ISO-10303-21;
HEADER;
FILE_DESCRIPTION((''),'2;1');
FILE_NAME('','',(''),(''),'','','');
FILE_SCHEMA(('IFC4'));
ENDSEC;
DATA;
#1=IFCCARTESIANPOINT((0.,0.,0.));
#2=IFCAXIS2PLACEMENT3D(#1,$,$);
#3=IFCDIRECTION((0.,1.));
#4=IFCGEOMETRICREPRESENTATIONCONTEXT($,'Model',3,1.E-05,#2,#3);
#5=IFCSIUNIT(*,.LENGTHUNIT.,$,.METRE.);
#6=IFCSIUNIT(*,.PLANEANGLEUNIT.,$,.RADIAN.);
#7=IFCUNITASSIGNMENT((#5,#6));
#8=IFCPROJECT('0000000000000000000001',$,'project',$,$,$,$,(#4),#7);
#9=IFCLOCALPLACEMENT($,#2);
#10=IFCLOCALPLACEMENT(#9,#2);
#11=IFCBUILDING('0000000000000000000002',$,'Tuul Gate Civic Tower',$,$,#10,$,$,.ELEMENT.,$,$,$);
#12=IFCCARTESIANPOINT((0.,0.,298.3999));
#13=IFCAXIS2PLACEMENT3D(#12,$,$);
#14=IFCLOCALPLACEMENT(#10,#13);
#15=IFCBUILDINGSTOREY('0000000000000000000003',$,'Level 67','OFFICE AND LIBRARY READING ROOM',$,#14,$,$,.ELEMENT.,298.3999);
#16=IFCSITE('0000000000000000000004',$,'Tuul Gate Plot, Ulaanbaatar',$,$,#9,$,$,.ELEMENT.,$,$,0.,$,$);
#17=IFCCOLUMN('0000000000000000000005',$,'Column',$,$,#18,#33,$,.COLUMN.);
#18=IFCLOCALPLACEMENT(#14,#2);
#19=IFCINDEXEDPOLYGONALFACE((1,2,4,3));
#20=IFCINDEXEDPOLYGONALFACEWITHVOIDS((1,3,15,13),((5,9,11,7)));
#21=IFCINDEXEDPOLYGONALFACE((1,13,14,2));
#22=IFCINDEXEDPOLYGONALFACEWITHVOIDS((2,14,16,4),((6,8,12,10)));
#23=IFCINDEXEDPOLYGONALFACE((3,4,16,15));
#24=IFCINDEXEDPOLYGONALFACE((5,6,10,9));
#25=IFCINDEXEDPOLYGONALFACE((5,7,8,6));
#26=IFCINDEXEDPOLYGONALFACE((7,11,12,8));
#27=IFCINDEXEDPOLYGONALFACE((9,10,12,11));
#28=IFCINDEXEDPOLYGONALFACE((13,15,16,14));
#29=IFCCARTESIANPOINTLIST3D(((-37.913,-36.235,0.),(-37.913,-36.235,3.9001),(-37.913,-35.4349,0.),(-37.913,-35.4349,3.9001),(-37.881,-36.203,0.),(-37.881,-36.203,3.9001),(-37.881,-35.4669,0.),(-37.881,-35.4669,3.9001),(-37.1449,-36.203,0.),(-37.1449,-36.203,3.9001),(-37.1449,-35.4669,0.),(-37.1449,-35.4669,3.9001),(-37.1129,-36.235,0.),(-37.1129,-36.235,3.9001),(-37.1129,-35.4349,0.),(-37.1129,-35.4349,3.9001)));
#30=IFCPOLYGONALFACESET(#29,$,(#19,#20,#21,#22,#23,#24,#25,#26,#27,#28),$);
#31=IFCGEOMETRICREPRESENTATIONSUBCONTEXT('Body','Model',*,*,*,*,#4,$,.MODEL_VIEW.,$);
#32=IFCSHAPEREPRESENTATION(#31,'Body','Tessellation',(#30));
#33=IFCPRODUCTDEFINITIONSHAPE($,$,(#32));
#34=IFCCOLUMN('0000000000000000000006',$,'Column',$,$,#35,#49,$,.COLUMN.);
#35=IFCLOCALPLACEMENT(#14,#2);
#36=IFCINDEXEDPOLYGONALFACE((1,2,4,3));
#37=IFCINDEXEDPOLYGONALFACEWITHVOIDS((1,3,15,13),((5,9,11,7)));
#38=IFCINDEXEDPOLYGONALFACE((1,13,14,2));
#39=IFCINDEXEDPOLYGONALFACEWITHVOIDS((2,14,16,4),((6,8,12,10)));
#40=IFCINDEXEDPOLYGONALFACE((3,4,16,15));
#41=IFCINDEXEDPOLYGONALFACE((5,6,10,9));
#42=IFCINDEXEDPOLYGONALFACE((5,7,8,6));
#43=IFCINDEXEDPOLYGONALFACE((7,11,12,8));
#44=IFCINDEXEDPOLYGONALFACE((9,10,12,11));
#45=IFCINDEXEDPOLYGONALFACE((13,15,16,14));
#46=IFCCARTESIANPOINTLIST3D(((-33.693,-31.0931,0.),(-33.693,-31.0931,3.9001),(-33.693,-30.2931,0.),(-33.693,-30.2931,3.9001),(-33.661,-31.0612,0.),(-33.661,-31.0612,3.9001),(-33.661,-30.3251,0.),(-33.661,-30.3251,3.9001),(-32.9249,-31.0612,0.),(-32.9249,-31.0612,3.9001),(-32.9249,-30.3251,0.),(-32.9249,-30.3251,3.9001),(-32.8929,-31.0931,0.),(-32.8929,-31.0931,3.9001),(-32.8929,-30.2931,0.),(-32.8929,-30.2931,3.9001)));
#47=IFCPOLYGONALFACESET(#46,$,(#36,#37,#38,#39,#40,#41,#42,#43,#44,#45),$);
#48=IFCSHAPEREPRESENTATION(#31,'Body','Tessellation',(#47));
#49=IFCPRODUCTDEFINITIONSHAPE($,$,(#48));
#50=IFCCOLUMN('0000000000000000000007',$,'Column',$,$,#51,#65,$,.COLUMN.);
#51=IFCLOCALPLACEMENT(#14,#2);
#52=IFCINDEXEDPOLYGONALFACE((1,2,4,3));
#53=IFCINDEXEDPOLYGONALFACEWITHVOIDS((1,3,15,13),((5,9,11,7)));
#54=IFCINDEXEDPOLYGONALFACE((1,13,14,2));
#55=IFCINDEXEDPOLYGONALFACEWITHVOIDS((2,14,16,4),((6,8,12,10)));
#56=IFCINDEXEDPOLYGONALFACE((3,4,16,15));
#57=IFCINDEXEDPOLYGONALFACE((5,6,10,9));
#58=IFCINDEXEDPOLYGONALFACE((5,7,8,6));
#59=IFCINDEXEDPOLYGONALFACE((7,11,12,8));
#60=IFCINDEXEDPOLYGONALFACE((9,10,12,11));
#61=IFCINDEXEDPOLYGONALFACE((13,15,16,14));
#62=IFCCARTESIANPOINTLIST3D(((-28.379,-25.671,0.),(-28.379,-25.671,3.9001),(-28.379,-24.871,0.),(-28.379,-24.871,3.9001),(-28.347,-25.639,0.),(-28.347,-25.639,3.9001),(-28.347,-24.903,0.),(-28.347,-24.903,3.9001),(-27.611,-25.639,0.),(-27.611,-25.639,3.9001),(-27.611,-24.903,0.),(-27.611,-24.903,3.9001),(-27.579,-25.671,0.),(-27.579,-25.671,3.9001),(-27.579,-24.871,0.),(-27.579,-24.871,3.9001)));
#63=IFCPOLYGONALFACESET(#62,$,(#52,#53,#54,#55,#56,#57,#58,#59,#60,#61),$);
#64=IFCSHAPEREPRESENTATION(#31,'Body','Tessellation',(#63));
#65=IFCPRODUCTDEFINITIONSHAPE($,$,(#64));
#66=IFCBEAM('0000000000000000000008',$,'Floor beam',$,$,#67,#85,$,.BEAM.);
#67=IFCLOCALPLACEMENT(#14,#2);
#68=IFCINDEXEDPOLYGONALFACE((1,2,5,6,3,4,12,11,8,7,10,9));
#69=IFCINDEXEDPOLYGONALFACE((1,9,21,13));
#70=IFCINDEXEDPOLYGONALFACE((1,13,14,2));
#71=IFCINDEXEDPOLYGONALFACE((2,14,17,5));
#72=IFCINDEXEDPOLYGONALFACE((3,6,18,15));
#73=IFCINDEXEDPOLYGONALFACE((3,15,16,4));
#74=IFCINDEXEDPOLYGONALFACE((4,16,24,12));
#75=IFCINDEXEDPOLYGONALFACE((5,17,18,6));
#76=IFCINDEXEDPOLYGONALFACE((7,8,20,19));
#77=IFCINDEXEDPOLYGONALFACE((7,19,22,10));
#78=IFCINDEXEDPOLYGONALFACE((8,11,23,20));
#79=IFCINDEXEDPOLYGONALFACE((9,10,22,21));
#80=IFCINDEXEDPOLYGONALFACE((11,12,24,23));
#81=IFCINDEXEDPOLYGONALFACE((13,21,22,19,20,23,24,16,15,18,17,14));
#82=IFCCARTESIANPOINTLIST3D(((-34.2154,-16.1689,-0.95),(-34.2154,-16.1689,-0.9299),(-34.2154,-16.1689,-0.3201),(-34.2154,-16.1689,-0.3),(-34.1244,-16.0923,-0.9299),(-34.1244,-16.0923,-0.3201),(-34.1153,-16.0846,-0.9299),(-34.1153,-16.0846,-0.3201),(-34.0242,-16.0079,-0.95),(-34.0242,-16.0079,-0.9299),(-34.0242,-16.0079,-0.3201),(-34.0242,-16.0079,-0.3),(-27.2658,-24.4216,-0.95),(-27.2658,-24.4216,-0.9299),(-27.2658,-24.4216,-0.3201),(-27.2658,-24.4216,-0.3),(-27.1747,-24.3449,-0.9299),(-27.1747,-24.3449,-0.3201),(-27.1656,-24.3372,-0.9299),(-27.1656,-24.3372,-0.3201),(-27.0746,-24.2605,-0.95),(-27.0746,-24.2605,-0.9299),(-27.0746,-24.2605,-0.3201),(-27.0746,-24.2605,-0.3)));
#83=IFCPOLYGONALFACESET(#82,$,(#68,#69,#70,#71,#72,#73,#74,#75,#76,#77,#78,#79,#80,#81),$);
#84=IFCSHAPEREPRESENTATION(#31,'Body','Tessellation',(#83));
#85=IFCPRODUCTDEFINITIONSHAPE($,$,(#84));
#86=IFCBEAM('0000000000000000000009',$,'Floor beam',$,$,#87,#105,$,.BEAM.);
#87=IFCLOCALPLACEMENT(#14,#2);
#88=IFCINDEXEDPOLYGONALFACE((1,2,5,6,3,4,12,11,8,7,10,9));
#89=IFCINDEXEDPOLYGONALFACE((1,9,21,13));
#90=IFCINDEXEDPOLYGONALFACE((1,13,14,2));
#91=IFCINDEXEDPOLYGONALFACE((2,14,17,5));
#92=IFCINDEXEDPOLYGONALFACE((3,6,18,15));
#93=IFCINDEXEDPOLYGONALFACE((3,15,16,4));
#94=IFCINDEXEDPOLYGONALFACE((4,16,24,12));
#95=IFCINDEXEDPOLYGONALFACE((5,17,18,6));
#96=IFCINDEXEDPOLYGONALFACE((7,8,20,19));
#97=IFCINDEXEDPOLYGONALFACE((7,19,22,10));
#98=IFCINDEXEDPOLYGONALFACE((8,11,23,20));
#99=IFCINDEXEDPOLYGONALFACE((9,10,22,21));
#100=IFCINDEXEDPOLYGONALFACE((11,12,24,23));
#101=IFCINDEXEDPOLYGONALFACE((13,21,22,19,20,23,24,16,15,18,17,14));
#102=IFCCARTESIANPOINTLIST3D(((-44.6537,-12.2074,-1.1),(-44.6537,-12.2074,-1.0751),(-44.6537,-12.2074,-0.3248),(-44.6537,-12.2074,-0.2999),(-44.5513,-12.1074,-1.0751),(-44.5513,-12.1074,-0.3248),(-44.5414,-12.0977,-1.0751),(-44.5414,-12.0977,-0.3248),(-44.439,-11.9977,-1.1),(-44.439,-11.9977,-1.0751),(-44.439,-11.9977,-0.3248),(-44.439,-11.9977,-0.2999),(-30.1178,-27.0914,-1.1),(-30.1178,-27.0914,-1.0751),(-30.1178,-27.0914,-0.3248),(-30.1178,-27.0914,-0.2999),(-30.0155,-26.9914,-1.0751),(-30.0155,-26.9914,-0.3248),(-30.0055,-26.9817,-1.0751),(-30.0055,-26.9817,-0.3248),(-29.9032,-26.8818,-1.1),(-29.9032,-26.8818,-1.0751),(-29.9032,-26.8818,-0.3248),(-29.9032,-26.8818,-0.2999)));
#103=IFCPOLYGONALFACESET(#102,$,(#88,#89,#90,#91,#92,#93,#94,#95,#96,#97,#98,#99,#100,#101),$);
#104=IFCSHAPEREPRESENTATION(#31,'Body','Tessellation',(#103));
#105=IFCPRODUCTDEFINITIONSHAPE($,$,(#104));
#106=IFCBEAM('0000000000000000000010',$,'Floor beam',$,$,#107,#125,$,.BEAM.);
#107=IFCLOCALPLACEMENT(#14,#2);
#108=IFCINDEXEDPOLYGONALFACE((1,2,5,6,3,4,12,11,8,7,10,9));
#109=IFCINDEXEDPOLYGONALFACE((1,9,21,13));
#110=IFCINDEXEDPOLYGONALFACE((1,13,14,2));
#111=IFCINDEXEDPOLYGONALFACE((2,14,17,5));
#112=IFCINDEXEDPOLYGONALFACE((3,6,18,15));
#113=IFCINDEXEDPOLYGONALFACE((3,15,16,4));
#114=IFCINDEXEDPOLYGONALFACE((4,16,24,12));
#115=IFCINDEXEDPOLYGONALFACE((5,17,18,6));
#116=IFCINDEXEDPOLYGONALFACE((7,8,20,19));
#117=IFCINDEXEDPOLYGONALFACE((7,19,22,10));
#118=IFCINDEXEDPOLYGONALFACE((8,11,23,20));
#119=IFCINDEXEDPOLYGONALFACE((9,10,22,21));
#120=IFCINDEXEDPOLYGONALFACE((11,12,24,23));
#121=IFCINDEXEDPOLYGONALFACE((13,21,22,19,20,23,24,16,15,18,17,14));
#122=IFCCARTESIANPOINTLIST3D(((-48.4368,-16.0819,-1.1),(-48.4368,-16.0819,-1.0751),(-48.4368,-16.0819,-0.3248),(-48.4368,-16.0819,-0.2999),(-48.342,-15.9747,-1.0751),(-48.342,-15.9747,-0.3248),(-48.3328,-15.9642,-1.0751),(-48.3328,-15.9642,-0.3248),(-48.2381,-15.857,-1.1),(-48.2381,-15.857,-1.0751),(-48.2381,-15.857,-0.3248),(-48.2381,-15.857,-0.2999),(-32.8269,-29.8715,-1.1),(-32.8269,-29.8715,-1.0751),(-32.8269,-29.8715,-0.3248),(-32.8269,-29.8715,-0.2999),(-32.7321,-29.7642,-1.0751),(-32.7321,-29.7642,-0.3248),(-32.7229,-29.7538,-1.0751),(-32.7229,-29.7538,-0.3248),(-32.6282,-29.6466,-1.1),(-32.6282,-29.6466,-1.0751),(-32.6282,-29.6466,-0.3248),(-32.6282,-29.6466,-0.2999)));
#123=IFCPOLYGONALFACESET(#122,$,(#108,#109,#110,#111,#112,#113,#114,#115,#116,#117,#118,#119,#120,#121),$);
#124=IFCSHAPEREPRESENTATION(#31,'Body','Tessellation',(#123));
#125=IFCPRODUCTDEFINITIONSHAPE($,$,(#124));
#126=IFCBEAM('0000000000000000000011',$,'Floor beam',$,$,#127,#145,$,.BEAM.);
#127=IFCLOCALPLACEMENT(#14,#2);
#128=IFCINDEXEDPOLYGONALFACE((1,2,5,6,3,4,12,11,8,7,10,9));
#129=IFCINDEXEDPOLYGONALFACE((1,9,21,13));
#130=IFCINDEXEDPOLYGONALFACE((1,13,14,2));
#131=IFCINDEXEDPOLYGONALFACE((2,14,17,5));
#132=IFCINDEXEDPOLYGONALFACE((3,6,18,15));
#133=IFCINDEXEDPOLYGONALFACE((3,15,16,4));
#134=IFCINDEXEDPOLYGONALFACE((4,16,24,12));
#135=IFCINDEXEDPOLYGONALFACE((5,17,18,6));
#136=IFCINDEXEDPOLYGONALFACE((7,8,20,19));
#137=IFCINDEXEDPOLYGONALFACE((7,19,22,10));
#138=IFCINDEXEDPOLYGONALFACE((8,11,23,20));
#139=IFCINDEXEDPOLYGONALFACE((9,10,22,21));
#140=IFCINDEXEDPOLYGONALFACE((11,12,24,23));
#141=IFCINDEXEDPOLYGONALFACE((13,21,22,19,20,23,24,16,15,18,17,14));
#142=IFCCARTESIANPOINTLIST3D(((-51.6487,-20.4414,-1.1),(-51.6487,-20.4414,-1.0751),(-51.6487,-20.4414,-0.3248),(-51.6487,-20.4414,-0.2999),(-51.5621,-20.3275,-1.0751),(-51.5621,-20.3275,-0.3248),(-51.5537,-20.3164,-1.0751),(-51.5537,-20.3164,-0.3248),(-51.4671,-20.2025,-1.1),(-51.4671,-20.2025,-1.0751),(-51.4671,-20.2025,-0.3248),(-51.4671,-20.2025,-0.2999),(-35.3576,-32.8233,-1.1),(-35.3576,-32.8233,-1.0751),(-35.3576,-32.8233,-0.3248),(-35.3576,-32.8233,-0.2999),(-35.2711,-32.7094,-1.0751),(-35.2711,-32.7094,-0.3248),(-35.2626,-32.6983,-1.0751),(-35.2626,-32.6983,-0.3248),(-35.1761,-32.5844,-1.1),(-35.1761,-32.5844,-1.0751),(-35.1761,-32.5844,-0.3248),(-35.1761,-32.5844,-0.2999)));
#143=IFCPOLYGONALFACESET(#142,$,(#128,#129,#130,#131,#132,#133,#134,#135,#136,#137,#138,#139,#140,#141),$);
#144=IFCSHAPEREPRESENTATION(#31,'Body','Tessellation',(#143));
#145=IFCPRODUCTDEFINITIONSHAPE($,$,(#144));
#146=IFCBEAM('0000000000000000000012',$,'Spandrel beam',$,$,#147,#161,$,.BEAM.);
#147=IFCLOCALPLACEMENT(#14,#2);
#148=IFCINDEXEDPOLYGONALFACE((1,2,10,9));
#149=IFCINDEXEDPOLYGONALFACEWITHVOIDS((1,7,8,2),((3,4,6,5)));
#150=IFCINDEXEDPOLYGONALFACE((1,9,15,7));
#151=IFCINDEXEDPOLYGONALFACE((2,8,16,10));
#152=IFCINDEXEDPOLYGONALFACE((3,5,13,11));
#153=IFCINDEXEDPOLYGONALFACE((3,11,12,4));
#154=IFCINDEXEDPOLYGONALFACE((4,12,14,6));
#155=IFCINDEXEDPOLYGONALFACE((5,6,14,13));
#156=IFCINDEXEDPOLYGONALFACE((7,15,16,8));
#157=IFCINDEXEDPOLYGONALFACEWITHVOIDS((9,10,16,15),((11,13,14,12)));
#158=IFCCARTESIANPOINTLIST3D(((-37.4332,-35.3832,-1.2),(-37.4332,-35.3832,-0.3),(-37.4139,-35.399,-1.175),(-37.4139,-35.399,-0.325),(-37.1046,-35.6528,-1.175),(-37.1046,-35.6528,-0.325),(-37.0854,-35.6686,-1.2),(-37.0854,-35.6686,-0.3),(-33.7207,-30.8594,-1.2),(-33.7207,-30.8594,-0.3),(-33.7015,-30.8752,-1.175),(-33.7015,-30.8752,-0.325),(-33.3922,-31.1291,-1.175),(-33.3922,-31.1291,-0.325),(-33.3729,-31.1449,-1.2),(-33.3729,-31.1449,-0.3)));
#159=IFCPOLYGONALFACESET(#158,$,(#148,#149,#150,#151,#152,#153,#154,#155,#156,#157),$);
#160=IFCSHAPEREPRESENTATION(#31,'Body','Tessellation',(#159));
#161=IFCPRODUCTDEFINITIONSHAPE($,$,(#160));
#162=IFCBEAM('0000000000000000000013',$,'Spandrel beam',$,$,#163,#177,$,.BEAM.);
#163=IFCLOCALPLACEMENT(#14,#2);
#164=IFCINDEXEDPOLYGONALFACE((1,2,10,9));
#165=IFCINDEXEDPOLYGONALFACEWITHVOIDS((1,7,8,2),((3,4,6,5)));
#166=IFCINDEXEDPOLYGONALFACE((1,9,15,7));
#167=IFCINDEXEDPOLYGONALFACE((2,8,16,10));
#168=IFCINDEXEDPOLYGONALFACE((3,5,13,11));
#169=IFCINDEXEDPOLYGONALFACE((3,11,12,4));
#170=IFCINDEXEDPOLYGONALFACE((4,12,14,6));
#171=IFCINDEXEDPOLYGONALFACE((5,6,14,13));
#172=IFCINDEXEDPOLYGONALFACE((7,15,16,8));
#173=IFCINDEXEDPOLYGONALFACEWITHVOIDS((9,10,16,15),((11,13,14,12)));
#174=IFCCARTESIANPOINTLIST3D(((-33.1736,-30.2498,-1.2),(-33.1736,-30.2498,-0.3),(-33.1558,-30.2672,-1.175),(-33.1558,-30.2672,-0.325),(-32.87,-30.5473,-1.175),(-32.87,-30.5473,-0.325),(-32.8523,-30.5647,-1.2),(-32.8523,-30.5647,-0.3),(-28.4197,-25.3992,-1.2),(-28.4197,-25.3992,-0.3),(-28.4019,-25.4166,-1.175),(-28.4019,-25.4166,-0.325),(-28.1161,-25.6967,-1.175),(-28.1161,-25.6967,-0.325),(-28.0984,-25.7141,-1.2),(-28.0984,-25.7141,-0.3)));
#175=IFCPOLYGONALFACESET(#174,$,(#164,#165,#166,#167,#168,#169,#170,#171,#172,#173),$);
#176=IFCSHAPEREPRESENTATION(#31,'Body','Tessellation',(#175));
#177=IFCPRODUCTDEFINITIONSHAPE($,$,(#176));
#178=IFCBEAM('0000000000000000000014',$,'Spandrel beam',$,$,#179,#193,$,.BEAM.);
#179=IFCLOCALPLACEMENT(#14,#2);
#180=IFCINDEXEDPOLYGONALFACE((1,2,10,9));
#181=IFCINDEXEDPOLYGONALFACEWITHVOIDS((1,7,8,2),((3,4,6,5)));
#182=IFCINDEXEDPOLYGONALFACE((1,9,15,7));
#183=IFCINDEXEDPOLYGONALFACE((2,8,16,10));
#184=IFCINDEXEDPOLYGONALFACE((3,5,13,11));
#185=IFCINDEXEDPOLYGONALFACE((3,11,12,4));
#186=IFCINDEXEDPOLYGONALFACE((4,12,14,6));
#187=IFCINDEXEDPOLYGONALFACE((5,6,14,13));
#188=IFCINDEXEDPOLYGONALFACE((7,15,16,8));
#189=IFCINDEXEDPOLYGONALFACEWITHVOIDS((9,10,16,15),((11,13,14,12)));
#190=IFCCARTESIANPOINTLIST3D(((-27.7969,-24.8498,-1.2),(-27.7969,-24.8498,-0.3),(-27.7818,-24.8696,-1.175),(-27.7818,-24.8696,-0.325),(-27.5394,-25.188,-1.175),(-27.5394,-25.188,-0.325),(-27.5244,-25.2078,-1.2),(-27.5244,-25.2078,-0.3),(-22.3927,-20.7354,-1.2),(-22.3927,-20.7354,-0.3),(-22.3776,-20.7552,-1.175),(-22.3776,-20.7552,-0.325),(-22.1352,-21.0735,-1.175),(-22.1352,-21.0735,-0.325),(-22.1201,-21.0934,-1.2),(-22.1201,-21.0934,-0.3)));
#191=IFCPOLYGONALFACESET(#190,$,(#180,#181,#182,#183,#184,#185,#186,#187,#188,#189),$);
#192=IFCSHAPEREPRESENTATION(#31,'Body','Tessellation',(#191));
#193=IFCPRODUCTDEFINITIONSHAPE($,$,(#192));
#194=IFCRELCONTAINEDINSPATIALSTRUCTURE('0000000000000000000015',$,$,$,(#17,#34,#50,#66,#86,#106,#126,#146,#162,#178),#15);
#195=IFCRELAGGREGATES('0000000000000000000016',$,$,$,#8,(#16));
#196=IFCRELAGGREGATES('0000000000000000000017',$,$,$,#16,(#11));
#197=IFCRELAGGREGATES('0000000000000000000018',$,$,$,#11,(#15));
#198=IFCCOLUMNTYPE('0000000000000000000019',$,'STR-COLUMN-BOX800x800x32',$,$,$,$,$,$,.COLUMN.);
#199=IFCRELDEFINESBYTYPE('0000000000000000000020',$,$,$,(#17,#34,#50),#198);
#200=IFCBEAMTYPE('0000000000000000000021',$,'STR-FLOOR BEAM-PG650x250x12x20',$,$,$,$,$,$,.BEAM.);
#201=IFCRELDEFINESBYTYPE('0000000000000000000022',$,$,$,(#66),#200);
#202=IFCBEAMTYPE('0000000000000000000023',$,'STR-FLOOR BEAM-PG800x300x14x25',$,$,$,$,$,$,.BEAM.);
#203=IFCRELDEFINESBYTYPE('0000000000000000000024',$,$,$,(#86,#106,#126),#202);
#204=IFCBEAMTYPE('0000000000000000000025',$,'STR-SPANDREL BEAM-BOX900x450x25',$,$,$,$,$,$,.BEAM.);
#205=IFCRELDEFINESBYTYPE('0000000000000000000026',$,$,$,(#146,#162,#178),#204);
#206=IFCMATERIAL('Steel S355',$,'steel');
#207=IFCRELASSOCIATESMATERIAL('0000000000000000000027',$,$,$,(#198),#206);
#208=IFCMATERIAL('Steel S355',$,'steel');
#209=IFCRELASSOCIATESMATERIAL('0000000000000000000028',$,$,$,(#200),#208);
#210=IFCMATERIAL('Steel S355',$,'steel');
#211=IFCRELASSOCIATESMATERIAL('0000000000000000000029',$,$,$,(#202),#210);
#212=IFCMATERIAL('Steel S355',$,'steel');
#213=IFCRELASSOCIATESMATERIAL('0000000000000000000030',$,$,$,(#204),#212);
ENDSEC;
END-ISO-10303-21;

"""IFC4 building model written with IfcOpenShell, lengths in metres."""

from ifc_helpers import new_model, si_unit, direction, frame, origin, origin_2d, place, context, subcontext, project, spatial, hollow_rectangle, i_section, extrude, material, material_profile, profile_set, type_object, element, save


model = new_model("IFC4")

# Units and contexts
model_context = context("Model", 3, precision=1e-05, world=origin(), true_north=direction((0.0, 1.0)))
body_context = subcontext(model_context, "Body", "Model", "MODEL_VIEW")
ifc_project = project(units=[si_unit("LENGTHUNIT", "METRE"), si_unit("PLANEANGLEUNIT", "RADIAN")], contexts=[model_context])

# Site, building, storey
site_placement = place(None, origin())
site = spatial("IfcSite", under=ifc_project, at=site_placement, Name="Tuul Gate Plot, Ulaanbaatar", CompositionType="ELEMENT", RefElevation=0.0)
building_placement = place(site_placement, origin())
building = spatial("IfcBuilding", under=site, at=building_placement, Name="Tuul Gate Civic Tower", CompositionType="ELEMENT")
storey_placement = place(building_placement, frame((0.0, 0.0, 298.3999)))
storey = spatial("IfcBuildingStorey", under=building, at=storey_placement, Name="Level 67", Description="OFFICE AND LIBRARY READING ROOM", CompositionType="ELEMENT", Elevation=298.3999)

# Columns
ifc_material_1 = material(Name="Steel S355", Category="steel")
ifc_material_profile_1 = material_profile(ifc_material_1, hollow_rectangle(XDim=0.8, YDim=0.8, WallThickness=0.032, at=origin_2d()), Name="BOX800x800x32")
ifc_profile_set_1 = profile_set([ifc_material_profile_1], Name="Steel S355")
column_type = type_object("IfcColumnType", Name="STR-COLUMN-BOX800x800x32", PredefinedType="COLUMN", material=ifc_profile_set_1)
for number, where, z_axis, x_axis, name in (
    (1, (-37.5129, -35.835, 0.0), (0.0, 0.0, 1.0), (1.0, 0.0, 0.0), "Column"),
    (2, (-33.293, -30.6931, 0.0), (0.0, 0.0, 1.0), (1.0, 0.0, 0.0), "Column"),
    (3, (-27.979, -25.271, 0.0), (0.0, 0.0, 1.0), (1.0, 0.0, 0.0), "Column"),
):
    element("IfcColumn", number, at=place(storey_placement, frame(where, z_axis=z_axis, x_axis=x_axis)), inside=storey, type_object=column_type, Name=name, PredefinedType="COLUMN", context=body_context, shape_type="SweptSolid", body=[
        extrude(hollow_rectangle(XDim=0.8, YDim=0.8, WallThickness=0.032, at=origin_2d()), origin(), (0.0, 0.0, 1.0), 3.9001),
    ])

# Beams
ifc_material_2 = material(Name="Steel S355", Category="steel")
ifc_material_profile_2 = material_profile(ifc_material_2, i_section(OverallWidth=0.25, OverallDepth=0.6499, WebThickness=0.012, FlangeThickness=0.02, at=origin_2d()), Name="PG650x250x12x20")
ifc_profile_set_2 = profile_set([ifc_material_profile_2], Name="Steel S355")
beam_type_1 = type_object("IfcBeamType", Name="STR-FLOOR BEAM-PG650x250x12x20", PredefinedType="BEAM", material=ifc_profile_set_2)
beam_1_placement = place(storey_placement, frame((-27.1702, -24.3411, -0.625), z_axis=(-0.64414, 0.764908, 0.0), x_axis=(-0.764908, -0.64414, 0.0)))
element("IfcBeam", 4, at=beam_1_placement, inside=storey, type_object=beam_type_1, Name="Floor beam", PredefinedType="BEAM", context=body_context, shape_type="SweptSolid", body=[
    extrude(i_section(OverallWidth=0.25, OverallDepth=0.6499, WebThickness=0.012, FlangeThickness=0.02, at=origin_2d()), origin(), (0.0, 0.0, 1.0), 10.7891),
])
ifc_material_3 = material(Name="Steel S355", Category="steel")
ifc_material_profile_3 = material_profile(ifc_material_3, i_section(OverallWidth=0.3, OverallDepth=0.8, WebThickness=0.0139, FlangeThickness=0.0249, at=origin_2d()), Name="PG800x300x14x25")
ifc_profile_set_3 = profile_set([ifc_material_profile_3], Name="Steel S355")
beam_type_2 = type_object("IfcBeamType", Name="STR-FLOOR BEAM-PG800x300x14x25", PredefinedType="BEAM", material=ifc_profile_set_3)
beam_2_placement = place(storey_placement, frame((-30.0105, -26.9866, -0.7), z_axis=(-0.69869, 0.715424, 0.0), x_axis=(-0.715424, -0.69869, 0.0)))
element("IfcBeam", 5, at=beam_2_placement, inside=storey, type_object=beam_type_2, Name="Floor beam", PredefinedType="BEAM", context=body_context, shape_type="SweptSolid", body=[
    extrude(i_section(OverallWidth=0.3, OverallDepth=0.8, WebThickness=0.0139, FlangeThickness=0.0249, at=origin_2d()), origin(), (0.0, 0.0, 1.0), 20.8044),
])
beam_3_placement = place(storey_placement, frame((-32.7275, -29.759, -0.7), z_axis=(-0.749453, 0.662057, 0.0), x_axis=(-0.662057, -0.749453, 0.0)))
element("IfcBeam", 6, at=beam_3_placement, inside=storey, type_object=beam_type_2, Name="Floor beam", PredefinedType="BEAM", context=body_context, shape_type="SweptSolid", body=[
    extrude(i_section(OverallWidth=0.3, OverallDepth=0.8, WebThickness=0.0139, FlangeThickness=0.0249, at=origin_2d()), origin(), (0.0, 0.0, 1.0), 20.8284),
])
beam_4_placement = place(storey_placement, frame((-35.2668, -32.7039, -0.7), z_axis=(-0.796147, 0.605104, 0.0), x_axis=(-0.605104, -0.796147, 0.0)))
element("IfcBeam", 7, at=beam_4_placement, inside=storey, type_object=beam_type_2, Name="Floor beam", PredefinedType="BEAM", context=body_context, shape_type="SweptSolid", body=[
    extrude(i_section(OverallWidth=0.3, OverallDepth=0.8, WebThickness=0.0139, FlangeThickness=0.0249, at=origin_2d()), origin(), (0.0, 0.0, 1.0), 20.4624),
])
ifc_material_4 = material(Name="Steel S355", Category="steel")
ifc_material_profile_4 = material_profile(ifc_material_4, hollow_rectangle(XDim=0.45, YDim=0.8999, WallThickness=0.0249, at=origin_2d()), Name="BOX900x450x25")
ifc_profile_set_4 = profile_set([ifc_material_profile_4], Name="Steel S355")
beam_type_3 = type_object("IfcBeamType", Name="STR-SPANDREL BEAM-BOX900x450x25", PredefinedType="BEAM", material=ifc_profile_set_4)
beam_5_placement = place(storey_placement, frame((-37.2593, -35.5259, -0.75), z_axis=(0.634384, 0.773018, 0.0), x_axis=(-0.773018, 0.634384, 0.0)))
element("IfcBeam", 8, at=beam_5_placement, inside=storey, type_object=beam_type_3, Name="Spandrel beam", PredefinedType="BEAM", context=body_context, shape_type="SweptSolid", body=[
    extrude(hollow_rectangle(XDim=0.45, YDim=0.8999, WallThickness=0.0249, at=origin_2d()), origin(), (0.0, 0.0, 1.0), 5.8521),
])
beam_6_placement = place(storey_placement, frame((-33.0129, -30.4072, -0.75), z_axis=(0.699954, 0.714188, 0.0), x_axis=(-0.714188, 0.699954, 0.0)))
element("IfcBeam", 9, at=beam_6_placement, inside=storey, type_object=beam_type_3, Name="Spandrel beam", PredefinedType="BEAM", context=body_context, shape_type="SweptSolid", body=[
    extrude(hollow_rectangle(XDim=0.45, YDim=0.8999, WallThickness=0.0249, at=origin_2d()), origin(), (0.0, 0.0, 1.0), 6.7917),
])
beam_7_placement = place(storey_placement, frame((-27.6606, -25.0288, -0.75), z_axis=(0.795649, 0.605758, 0.0), x_axis=(-0.605758, 0.795649, 0.0)))
element("IfcBeam", 10, at=beam_7_placement, inside=storey, type_object=beam_type_3, Name="Spandrel beam", PredefinedType="BEAM", context=body_context, shape_type="SweptSolid", body=[
    extrude(hollow_rectangle(XDim=0.45, YDim=0.8999, WallThickness=0.0249, at=origin_2d()), origin(), (0.0, 0.0, 1.0), 6.7922),
])

save(model, "model.ifc")
